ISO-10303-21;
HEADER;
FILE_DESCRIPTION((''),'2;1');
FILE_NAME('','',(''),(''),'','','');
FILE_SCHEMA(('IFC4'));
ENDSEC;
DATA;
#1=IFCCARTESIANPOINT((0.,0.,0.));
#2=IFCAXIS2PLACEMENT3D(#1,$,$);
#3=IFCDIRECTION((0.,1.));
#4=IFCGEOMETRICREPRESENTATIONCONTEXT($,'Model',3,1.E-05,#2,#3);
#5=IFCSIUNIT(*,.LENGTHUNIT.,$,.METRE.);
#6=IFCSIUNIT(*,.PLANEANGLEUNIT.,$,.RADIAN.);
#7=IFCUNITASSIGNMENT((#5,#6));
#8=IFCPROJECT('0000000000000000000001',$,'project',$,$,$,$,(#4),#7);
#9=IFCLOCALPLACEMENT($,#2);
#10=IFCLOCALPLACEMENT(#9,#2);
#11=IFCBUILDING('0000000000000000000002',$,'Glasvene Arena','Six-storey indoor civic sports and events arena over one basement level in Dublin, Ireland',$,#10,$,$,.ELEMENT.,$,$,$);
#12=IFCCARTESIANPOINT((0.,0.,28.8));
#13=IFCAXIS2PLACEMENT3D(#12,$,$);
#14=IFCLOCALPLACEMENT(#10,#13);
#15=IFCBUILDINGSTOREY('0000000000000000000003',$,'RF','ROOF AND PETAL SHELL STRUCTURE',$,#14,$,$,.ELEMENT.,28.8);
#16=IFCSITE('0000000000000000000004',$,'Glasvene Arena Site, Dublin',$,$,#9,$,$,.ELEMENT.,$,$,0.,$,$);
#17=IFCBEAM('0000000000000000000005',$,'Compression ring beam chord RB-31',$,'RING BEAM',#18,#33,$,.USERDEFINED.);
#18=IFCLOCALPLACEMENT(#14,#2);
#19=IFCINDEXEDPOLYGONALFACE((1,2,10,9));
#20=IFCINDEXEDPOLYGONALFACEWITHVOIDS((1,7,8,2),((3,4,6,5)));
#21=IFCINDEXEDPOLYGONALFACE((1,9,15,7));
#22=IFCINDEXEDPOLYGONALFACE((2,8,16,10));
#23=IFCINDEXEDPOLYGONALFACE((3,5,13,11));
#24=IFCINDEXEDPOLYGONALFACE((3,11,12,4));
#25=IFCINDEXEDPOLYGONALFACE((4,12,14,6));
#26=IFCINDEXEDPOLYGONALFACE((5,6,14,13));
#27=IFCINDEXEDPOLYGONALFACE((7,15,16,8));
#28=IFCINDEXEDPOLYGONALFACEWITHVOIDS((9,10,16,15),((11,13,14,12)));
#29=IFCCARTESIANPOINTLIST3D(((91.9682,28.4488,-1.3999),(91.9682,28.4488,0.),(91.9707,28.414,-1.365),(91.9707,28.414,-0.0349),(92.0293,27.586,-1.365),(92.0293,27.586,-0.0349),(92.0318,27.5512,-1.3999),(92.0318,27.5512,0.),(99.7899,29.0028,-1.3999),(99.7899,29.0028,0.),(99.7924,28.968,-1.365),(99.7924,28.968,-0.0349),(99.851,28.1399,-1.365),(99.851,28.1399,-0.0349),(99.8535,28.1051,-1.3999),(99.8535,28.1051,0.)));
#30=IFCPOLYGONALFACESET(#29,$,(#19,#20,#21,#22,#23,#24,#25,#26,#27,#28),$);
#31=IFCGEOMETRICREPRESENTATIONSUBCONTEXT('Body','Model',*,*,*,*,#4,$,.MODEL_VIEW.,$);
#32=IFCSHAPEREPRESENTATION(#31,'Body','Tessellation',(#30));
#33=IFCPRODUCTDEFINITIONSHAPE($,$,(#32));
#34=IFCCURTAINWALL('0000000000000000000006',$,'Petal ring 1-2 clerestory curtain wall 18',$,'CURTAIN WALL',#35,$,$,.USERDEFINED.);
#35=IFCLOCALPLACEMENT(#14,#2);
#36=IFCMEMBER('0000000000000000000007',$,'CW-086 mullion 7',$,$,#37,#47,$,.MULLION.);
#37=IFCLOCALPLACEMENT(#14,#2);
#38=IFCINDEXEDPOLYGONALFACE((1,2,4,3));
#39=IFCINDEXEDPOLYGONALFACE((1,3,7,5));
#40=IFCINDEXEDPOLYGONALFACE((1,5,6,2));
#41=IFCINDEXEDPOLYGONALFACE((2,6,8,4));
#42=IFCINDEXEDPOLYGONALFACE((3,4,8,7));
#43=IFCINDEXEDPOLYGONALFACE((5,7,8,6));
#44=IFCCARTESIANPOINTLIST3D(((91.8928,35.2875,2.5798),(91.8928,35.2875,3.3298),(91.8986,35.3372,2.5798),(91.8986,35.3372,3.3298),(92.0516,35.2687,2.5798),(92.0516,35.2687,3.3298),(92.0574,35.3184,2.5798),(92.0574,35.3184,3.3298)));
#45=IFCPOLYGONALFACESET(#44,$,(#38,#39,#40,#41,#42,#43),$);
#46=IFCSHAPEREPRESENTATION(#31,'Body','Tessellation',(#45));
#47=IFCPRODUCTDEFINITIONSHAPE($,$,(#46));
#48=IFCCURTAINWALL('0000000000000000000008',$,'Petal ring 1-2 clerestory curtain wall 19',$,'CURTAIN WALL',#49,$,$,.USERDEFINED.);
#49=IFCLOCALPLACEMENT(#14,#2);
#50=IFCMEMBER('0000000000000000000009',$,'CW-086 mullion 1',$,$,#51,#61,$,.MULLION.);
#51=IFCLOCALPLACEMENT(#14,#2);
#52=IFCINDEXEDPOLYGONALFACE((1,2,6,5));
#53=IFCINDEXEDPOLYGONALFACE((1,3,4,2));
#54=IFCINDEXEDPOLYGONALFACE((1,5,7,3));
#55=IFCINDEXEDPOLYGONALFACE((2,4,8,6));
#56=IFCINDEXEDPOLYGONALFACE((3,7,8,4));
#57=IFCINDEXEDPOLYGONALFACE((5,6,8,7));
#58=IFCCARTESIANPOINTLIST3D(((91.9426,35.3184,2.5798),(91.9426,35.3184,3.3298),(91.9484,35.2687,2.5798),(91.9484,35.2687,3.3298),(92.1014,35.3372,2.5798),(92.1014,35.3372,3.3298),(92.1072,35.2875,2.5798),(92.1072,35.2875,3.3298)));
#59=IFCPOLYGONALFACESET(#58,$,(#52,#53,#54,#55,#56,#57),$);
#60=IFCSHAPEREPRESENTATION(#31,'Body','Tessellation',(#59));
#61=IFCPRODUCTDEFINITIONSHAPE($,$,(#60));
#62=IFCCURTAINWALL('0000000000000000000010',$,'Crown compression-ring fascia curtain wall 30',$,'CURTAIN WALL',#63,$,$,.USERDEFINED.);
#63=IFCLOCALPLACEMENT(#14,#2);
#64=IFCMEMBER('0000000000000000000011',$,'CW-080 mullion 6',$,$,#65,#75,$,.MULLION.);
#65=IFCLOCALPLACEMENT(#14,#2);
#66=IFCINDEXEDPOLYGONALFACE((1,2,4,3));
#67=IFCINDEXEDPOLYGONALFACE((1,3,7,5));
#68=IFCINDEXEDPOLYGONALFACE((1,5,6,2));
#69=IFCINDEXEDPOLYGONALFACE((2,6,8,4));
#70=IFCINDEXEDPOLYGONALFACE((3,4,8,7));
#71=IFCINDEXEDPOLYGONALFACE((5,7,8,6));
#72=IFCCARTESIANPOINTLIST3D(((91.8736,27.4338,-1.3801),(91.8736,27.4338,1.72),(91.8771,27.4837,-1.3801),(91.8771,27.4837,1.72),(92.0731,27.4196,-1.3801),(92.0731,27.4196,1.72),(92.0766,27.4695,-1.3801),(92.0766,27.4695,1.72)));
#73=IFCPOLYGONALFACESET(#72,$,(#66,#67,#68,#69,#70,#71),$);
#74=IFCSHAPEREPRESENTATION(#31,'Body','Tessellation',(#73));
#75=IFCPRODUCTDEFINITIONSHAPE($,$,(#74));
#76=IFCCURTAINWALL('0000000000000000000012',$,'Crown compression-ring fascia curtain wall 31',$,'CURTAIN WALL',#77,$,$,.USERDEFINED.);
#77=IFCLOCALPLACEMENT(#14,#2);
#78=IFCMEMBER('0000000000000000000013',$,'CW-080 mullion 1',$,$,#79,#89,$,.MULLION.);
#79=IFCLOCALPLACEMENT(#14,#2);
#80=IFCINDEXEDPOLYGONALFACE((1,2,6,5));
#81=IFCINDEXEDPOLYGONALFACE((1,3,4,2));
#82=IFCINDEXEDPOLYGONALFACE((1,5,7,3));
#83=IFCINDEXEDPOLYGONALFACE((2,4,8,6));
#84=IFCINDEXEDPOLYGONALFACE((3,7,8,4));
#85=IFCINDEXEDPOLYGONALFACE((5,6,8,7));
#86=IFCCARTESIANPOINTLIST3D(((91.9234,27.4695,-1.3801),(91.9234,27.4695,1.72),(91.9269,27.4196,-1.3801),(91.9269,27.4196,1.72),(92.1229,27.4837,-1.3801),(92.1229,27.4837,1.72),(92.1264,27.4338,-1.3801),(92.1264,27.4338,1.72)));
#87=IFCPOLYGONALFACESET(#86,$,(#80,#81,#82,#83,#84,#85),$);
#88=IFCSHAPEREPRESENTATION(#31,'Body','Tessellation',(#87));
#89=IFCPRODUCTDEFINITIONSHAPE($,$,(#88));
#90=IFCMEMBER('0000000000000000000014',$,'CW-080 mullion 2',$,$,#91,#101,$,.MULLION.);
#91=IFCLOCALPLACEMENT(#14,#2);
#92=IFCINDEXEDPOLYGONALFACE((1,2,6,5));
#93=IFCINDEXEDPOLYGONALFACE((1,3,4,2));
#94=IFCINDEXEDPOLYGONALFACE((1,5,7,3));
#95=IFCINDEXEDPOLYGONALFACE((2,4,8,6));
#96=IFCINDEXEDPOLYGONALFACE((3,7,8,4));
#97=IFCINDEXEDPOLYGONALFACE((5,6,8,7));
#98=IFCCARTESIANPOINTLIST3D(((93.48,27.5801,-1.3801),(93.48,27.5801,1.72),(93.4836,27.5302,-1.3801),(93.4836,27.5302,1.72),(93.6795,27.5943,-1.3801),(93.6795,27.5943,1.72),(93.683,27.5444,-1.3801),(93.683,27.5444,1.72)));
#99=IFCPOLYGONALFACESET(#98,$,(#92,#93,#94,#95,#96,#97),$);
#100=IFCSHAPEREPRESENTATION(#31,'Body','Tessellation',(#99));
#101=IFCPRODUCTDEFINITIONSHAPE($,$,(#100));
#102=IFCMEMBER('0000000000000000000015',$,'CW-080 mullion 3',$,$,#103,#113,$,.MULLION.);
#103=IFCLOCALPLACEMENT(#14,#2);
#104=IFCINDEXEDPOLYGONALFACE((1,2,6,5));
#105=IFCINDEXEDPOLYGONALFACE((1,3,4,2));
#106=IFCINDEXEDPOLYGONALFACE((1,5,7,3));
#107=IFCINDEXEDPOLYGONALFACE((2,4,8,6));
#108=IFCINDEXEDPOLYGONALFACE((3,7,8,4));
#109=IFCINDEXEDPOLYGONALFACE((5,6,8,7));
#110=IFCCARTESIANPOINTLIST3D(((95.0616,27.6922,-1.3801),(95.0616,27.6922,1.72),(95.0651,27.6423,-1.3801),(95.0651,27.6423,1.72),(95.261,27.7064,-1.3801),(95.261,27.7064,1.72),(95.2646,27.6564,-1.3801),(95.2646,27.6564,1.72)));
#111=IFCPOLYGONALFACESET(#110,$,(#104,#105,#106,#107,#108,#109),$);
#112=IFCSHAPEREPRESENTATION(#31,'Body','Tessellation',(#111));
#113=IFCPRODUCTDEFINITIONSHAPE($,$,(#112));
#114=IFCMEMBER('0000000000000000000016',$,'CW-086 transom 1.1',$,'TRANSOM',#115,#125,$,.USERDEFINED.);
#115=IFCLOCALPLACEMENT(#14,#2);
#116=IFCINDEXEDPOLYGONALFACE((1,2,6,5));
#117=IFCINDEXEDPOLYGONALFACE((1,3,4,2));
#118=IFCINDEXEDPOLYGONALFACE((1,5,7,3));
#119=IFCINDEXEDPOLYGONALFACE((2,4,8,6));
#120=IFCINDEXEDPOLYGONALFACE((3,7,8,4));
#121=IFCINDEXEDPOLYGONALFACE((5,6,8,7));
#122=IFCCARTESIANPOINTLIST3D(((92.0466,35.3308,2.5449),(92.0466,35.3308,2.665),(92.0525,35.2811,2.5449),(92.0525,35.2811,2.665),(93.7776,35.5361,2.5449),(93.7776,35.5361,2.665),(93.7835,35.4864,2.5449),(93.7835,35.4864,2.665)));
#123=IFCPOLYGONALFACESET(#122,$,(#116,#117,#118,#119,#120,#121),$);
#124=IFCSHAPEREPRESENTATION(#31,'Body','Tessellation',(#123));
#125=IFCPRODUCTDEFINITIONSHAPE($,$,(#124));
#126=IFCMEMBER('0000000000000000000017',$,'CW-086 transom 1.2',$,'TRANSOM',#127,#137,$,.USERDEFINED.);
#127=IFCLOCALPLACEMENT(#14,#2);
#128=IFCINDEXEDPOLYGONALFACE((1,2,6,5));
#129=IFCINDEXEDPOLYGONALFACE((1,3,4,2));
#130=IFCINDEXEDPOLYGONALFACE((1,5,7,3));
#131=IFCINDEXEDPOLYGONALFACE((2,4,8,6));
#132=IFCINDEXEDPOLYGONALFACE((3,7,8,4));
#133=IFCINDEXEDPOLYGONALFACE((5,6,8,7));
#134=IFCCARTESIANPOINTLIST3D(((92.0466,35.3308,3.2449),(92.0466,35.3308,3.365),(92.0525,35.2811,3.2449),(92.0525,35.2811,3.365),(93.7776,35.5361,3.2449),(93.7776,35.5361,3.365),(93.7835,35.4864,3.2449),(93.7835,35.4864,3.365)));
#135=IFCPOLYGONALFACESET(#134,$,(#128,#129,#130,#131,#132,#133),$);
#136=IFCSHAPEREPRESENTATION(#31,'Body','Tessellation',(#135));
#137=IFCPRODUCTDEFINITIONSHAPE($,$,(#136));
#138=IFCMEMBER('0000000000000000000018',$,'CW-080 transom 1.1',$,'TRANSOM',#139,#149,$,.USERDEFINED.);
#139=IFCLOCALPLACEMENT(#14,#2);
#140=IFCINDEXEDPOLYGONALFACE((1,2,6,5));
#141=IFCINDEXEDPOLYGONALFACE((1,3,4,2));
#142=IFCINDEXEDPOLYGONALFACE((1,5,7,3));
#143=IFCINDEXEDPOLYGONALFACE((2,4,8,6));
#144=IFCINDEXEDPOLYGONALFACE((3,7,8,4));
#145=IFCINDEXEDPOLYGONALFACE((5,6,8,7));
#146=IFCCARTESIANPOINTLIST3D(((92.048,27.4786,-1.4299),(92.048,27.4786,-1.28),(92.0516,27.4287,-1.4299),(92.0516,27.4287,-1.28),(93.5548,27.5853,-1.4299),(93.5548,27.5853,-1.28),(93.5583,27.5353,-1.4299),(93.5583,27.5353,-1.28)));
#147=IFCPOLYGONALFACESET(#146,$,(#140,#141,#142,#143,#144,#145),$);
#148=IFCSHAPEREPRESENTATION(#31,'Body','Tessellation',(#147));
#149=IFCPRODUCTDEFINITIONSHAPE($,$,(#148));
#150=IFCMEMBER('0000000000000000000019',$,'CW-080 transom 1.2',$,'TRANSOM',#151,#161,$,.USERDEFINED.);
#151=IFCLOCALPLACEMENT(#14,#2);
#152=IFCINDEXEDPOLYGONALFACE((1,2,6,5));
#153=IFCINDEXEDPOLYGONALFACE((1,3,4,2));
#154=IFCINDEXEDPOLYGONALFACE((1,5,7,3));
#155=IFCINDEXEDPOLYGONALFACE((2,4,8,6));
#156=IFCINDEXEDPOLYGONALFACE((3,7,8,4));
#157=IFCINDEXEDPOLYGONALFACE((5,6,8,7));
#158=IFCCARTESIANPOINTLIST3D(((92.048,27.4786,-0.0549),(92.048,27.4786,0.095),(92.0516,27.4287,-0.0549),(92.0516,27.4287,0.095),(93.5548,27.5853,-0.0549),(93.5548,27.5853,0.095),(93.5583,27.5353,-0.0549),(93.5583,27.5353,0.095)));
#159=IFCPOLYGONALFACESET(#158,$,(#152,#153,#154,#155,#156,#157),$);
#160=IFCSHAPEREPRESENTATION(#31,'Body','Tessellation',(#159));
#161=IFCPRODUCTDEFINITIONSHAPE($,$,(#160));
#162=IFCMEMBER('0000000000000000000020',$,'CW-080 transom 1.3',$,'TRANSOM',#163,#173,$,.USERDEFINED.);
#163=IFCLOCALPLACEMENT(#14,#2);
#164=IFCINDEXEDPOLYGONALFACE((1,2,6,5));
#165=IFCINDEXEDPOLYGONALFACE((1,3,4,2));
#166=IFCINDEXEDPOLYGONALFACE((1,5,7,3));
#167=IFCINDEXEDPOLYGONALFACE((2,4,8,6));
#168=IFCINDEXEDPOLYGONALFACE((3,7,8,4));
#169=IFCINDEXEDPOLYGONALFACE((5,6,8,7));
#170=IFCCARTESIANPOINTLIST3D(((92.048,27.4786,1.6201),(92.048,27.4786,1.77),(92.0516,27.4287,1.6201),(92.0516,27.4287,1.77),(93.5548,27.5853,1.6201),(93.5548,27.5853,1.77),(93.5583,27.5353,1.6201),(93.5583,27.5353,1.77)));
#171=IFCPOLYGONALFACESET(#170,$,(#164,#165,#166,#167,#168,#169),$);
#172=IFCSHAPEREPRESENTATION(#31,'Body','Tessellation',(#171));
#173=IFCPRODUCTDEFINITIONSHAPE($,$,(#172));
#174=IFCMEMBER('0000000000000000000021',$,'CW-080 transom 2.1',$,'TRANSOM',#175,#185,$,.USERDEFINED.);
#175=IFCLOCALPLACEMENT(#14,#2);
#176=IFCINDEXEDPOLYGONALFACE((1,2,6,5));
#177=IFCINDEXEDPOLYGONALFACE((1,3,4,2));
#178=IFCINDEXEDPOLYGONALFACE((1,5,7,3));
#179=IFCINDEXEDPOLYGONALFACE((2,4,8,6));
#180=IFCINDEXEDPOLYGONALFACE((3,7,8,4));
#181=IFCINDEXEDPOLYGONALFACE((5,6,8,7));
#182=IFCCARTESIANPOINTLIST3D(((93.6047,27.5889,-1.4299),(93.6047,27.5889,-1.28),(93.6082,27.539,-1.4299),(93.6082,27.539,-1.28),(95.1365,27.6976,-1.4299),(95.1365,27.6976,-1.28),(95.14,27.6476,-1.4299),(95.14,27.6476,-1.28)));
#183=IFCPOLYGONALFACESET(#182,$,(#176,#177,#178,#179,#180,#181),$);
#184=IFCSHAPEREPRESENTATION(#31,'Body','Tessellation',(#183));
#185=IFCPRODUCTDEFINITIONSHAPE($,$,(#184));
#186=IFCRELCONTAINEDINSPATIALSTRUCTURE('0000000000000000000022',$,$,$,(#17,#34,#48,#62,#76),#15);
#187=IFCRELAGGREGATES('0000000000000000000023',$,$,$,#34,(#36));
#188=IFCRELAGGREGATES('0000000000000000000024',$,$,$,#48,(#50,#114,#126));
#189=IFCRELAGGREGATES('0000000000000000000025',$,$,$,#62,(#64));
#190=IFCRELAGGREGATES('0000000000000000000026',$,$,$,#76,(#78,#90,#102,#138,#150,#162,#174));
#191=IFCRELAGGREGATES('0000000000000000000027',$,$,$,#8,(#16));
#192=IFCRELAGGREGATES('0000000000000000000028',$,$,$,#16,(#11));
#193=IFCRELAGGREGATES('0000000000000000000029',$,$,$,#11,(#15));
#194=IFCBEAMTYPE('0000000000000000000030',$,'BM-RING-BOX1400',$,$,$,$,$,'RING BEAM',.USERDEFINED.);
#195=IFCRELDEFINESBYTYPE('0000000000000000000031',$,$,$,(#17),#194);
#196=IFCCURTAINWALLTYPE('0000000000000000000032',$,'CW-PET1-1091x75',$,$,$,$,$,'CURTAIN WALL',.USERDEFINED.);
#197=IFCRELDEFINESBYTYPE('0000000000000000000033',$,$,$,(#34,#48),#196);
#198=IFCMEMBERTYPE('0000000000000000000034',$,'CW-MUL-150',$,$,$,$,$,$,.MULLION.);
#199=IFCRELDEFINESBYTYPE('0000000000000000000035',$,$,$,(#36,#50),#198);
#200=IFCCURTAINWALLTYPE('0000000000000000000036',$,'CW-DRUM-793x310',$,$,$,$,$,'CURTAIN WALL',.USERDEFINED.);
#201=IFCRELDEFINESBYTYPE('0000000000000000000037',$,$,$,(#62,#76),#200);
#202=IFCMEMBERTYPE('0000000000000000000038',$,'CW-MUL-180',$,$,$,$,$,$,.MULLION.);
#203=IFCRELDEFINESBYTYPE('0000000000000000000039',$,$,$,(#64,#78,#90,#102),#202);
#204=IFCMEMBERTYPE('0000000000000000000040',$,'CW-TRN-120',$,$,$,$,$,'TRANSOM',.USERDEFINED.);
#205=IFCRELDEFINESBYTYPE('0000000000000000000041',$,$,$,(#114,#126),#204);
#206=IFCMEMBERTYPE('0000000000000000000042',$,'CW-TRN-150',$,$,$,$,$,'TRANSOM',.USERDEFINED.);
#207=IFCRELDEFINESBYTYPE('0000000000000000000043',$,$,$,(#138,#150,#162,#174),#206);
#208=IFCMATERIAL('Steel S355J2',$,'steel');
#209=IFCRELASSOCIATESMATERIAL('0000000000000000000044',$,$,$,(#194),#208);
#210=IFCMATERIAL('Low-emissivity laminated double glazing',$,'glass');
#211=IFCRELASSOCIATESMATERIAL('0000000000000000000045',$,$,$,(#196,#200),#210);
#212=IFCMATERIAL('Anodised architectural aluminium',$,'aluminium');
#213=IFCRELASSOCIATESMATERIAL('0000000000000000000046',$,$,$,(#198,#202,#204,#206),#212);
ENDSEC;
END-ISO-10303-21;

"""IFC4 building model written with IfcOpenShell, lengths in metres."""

from ifc_helpers import new_model, si_unit, direction, frame, origin, origin_2d, place, context, subcontext, project, spatial, rectangle, hollow_rectangle, extrude, material, material_profile, profile_set, type_object, element, aggregate, save


model = new_model("IFC4")

# Units and contexts
model_context = context("Model", 3, precision=1e-05, world=origin(), true_north=direction((0.0, 1.0)))
body_context = subcontext(model_context, "Body", "Model", "MODEL_VIEW")
ifc_project = project(units=[si_unit("LENGTHUNIT", "METRE"), si_unit("PLANEANGLEUNIT", "RADIAN")], contexts=[model_context])

# Site, building, storey
site_placement = place(None, origin())
site = spatial("IfcSite", under=ifc_project, at=site_placement, Name="Glasvene Arena Site, Dublin", CompositionType="ELEMENT", RefElevation=0.0)
building_placement = place(site_placement, origin())
building = spatial("IfcBuilding", under=site, at=building_placement, Name="Glasvene Arena", Description="Six-storey indoor civic sports and events arena over one basement level in Dublin, Ireland", CompositionType="ELEMENT")
storey_placement = place(building_placement, frame((0.0, 0.0, 28.8)))
storey = spatial("IfcBuildingStorey", under=building, at=storey_placement, Name="RF", Description="ROOF AND PETAL SHELL STRUCTURE", CompositionType="ELEMENT", Elevation=28.8)

# Beam
ifc_material_1 = material(Name="Steel S355J2", Category="steel")
ifc_material_profile_1 = material_profile(ifc_material_1, hollow_rectangle(XDim=0.8999, YDim=1.3999, WallThickness=0.0349, at=origin_2d()), Name="WBOX 900x1400x35")
ifc_profile_set_1 = profile_set([ifc_material_profile_1], Name="Steel S355J2")
beam_type = type_object("IfcBeamType", Name="BM-RING-BOX1400", ElementType="RING BEAM", PredefinedType="USERDEFINED", material=ifc_profile_set_1)
beam_placement = place(storey_placement, frame((92.0, 28.0, -0.7), z_axis=(0.997502, 0.070645, 0.0), x_axis=(-0.070645, 0.997502, 0.0)))
element("IfcBeam", 1, at=beam_placement, inside=storey, type_object=beam_type, Name="Compression ring beam chord RB-31", ObjectType="RING BEAM", PredefinedType="USERDEFINED", context=body_context, shape_type="SweptSolid", body=[
    extrude(hollow_rectangle(XDim=0.8999, YDim=1.3999, WallThickness=0.0349, at=origin_2d()), origin(), (0.0, 0.0, 1.0), 7.8413),
])

# Curtain walls, members
ifc_material_2 = material(Name="Low-emissivity laminated double glazing", Category="glass")
curtain_wall_type_1 = type_object("IfcCurtainWallType", Name="CW-PET1-1091x75", ElementType="CURTAIN WALL", PredefinedType="USERDEFINED", material=ifc_material_2)
curtain_wall_1_placement = place(storey_placement, frame((81.1685, 36.5847, 0.0)))
curtain_wall_1 = element("IfcCurtainWall", 2, at=curtain_wall_1_placement, inside=storey, type_object=curtain_wall_type_1, Name="Petal ring 1-2 clerestory curtain wall 18", ObjectType="CURTAIN WALL", PredefinedType="USERDEFINED")
ifc_material_3 = material(Name="Anodised architectural aluminium", Category="aluminium")
ifc_material_profile_2 = material_profile(ifc_material_3, rectangle(XDim=0.05, YDim=0.1599, at=origin_2d()), Name="ALU MULLION 50x160")
ifc_profile_set_2 = profile_set([ifc_material_profile_2], Name="Anodised architectural aluminium")
member_type_1 = type_object("IfcMemberType", Name="CW-MUL-150", PredefinedType="MULLION", material=ifc_profile_set_2)
member_1_placement = place(storey_placement, frame((91.9751, 35.303, 2.5798), z_axis=(0.0, 0.0, 1.0), x_axis=(0.117772, 0.993041, 0.0)))
member_1 = element("IfcMember", 3, at=member_1_placement, type_object=member_type_1, Name="CW-086 mullion 7", PredefinedType="MULLION", context=body_context, shape_type="SweptSolid", body=[
    extrude(rectangle(XDim=0.05, YDim=0.1599, at=origin_2d()), origin(), (0.0, 0.0, 1.0), 0.75),
])
curtain_wall_2_placement = place(storey_placement, frame((92.0, 35.3, 0.0)))
curtain_wall_2 = element("IfcCurtainWall", 4, at=curtain_wall_2_placement, inside=storey, type_object=curtain_wall_type_1, Name="Petal ring 1-2 clerestory curtain wall 19", ObjectType="CURTAIN WALL", PredefinedType="USERDEFINED")
member_2_placement = place(storey_placement, frame((92.0249, 35.303, 2.5798), z_axis=(0.0, 0.0, 1.0), x_axis=(-0.117772, 0.993041, 0.0)))
member_2 = element("IfcMember", 5, at=member_2_placement, type_object=member_type_1, Name="CW-086 mullion 1", PredefinedType="MULLION", context=body_context, shape_type="SweptSolid", body=[
    extrude(rectangle(XDim=0.05, YDim=0.1599, at=origin_2d()), origin(), (0.0, 0.0, 1.0), 0.75),
])
curtain_wall_type_2 = type_object("IfcCurtainWallType", Name="CW-DRUM-793x310", ElementType="CURTAIN WALL", PredefinedType="USERDEFINED", material=ifc_material_2)
curtain_wall_3_placement = place(storey_placement, frame((84.0923, 28.0107, 0.0)))
curtain_wall_3 = element("IfcCurtainWall", 6, at=curtain_wall_3_placement, inside=storey, type_object=curtain_wall_type_2, Name="Crown compression-ring fascia curtain wall 30", ObjectType="CURTAIN WALL", PredefinedType="USERDEFINED")
ifc_material_profile_3 = material_profile(ifc_material_3, rectangle(XDim=0.05, YDim=0.2, at=origin_2d()), Name="ALU MULLION 50x200")
ifc_profile_set_3 = profile_set([ifc_material_profile_3], Name="Anodised architectural aluminium")
member_type_2 = type_object("IfcMemberType", Name="CW-MUL-180", PredefinedType="MULLION", material=ifc_profile_set_3)
member_3_placement = place(storey_placement, frame((91.9751, 27.4517, -1.3801), z_axis=(0.0, 0.0, 1.0), x_axis=(0.07074, 0.997495, 0.0)))
member_3 = element("IfcMember", 7, at=member_3_placement, type_object=member_type_2, Name="CW-080 mullion 6", PredefinedType="MULLION", context=body_context, shape_type="SweptSolid", body=[
    extrude(rectangle(XDim=0.05, YDim=0.2, at=origin_2d()), origin(), (0.0, 0.0, 1.0), 3.1001),
])

# Curtain wall, members
curtain_wall_4_placement = place(storey_placement, frame((92.0, 27.45, 0.0)))
curtain_wall_4 = element("IfcCurtainWall", 8, at=curtain_wall_4_placement, inside=storey, type_object=curtain_wall_type_2, Name="Crown compression-ring fascia curtain wall 31", ObjectType="CURTAIN WALL", PredefinedType="USERDEFINED")
member_4_placement = place(storey_placement, frame((92.0249, 27.4517, -1.3801), z_axis=(0.0, 0.0, 1.0), x_axis=(-0.07074, 0.997495, 0.0)))
member_4 = element("IfcMember", 9, at=member_4_placement, type_object=member_type_2, Name="CW-080 mullion 1", PredefinedType="MULLION", context=body_context, shape_type="SweptSolid", body=[
    extrude(rectangle(XDim=0.05, YDim=0.2, at=origin_2d()), origin(), (0.0, 0.0, 1.0), 3.1001),
])
member_5_placement = place(storey_placement, frame((93.5815, 27.5623, -1.3801), z_axis=(0.0, 0.0, 1.0), x_axis=(-0.07074, 0.997495, 0.0)))
member_5 = element("IfcMember", 10, at=member_5_placement, type_object=member_type_2, Name="CW-080 mullion 2", PredefinedType="MULLION", context=body_context, shape_type="SweptSolid", body=[
    extrude(rectangle(XDim=0.05, YDim=0.2, at=origin_2d()), origin(), (0.0, 0.0, 1.0), 3.1001),
])
member_6_placement = place(storey_placement, frame((95.1631, 27.6743, -1.3801), z_axis=(0.0, 0.0, 1.0), x_axis=(-0.07074, 0.997495, 0.0)))
member_6 = element("IfcMember", 11, at=member_6_placement, type_object=member_type_2, Name="CW-080 mullion 3", PredefinedType="MULLION", context=body_context, shape_type="SweptSolid", body=[
    extrude(rectangle(XDim=0.05, YDim=0.2, at=origin_2d()), origin(), (0.0, 0.0, 1.0), 3.1001),
])

# Members
ifc_material_profile_4 = material_profile(ifc_material_3, rectangle(XDim=0.05, YDim=0.1201, at=origin_2d()), Name="ALU TRANSOM 50x120")
ifc_profile_set_4 = profile_set([ifc_material_profile_4], Name="Anodised architectural aluminium")
member_type_3 = type_object("IfcMemberType", Name="CW-TRN-120", ElementType="TRANSOM", PredefinedType="USERDEFINED", material=ifc_profile_set_4)
member_7_placement = place(storey_placement, frame((92.0496, 35.3059, 2.605), z_axis=(0.993038, 0.117792, 0.0), x_axis=(-0.117792, 0.993038, 0.0)))
member_7 = element("IfcMember", 12, at=member_7_placement, type_object=member_type_3, Name="CW-086 transom 1.1", ObjectType="TRANSOM", PredefinedType="USERDEFINED", context=body_context, shape_type="SweptSolid", body=[
    extrude(rectangle(XDim=0.05, YDim=0.1201, at=origin_2d()), origin(), (0.0, 0.0, 1.0), 1.7432),
])
member_8_placement = place(storey_placement, frame((92.0496, 35.3059, 3.3049), z_axis=(0.993038, 0.117792, 0.0), x_axis=(-0.117792, 0.993038, 0.0)))
member_8 = element("IfcMember", 13, at=member_8_placement, type_object=member_type_3, Name="CW-086 transom 1.2", ObjectType="TRANSOM", PredefinedType="USERDEFINED", context=body_context, shape_type="SweptSolid", body=[
    extrude(rectangle(XDim=0.05, YDim=0.1201, at=origin_2d()), origin(), (0.0, 0.0, 1.0), 1.7432),
])
ifc_material_profile_5 = material_profile(ifc_material_3, rectangle(XDim=0.05, YDim=0.1499, at=origin_2d()), Name="ALU TRANSOM 50x150")
ifc_profile_set_5 = profile_set([ifc_material_profile_5], Name="Anodised architectural aluminium")
member_type_4 = type_object("IfcMemberType", Name="CW-TRN-150", ElementType="TRANSOM", PredefinedType="USERDEFINED", material=ifc_profile_set_5)
member_9_placement = place(storey_placement, frame((92.0498, 27.4536, -1.355), z_axis=(0.997503, 0.070627, 0.0), x_axis=(-0.070627, 0.997503, 0.0)))
member_9 = element("IfcMember", 14, at=member_9_placement, type_object=member_type_4, Name="CW-080 transom 1.1", ObjectType="TRANSOM", PredefinedType="USERDEFINED", context=body_context, shape_type="SweptSolid", body=[
    extrude(rectangle(XDim=0.05, YDim=0.1499, at=origin_2d()), origin(), (0.0, 0.0, 1.0), 1.5105),
])
member_10_placement = place(storey_placement, frame((92.0498, 27.4536, 0.02), z_axis=(0.997503, 0.070627, 0.0), x_axis=(-0.070627, 0.997503, 0.0)))
member_10 = element("IfcMember", 15, at=member_10_placement, type_object=member_type_4, Name="CW-080 transom 1.2", ObjectType="TRANSOM", PredefinedType="USERDEFINED", context=body_context, shape_type="SweptSolid", body=[
    extrude(rectangle(XDim=0.05, YDim=0.1499, at=origin_2d()), origin(), (0.0, 0.0, 1.0), 1.5105),
])
member_11_placement = place(storey_placement, frame((92.0498, 27.4536, 1.6951), z_axis=(0.997503, 0.070627, 0.0), x_axis=(-0.070627, 0.997503, 0.0)))
member_11 = element("IfcMember", 16, at=member_11_placement, type_object=member_type_4, Name="CW-080 transom 1.3", ObjectType="TRANSOM", PredefinedType="USERDEFINED", context=body_context, shape_type="SweptSolid", body=[
    extrude(rectangle(XDim=0.05, YDim=0.1499, at=origin_2d()), origin(), (0.0, 0.0, 1.0), 1.5105),
])
member_12_placement = place(storey_placement, frame((93.6064, 27.564, -1.355), z_axis=(0.997494, 0.07075, 0.0), x_axis=(-0.07075, 0.997494, 0.0)))
member_12 = element("IfcMember", 17, at=member_12_placement, type_object=member_type_4, Name="CW-080 transom 2.1", ObjectType="TRANSOM", PredefinedType="USERDEFINED", context=body_context, shape_type="SweptSolid", body=[
    extrude(rectangle(XDim=0.05, YDim=0.1499, at=origin_2d()), origin(), (0.0, 0.0, 1.0), 1.5356),
])

aggregate(curtain_wall_1, [member_1])
aggregate(curtain_wall_2, [member_2, member_7, member_8])
aggregate(curtain_wall_3, [member_3])
aggregate(curtain_wall_4, [member_4, member_5, member_6, member_9, member_10, member_11, member_12])

save(model, "model.ifc")
